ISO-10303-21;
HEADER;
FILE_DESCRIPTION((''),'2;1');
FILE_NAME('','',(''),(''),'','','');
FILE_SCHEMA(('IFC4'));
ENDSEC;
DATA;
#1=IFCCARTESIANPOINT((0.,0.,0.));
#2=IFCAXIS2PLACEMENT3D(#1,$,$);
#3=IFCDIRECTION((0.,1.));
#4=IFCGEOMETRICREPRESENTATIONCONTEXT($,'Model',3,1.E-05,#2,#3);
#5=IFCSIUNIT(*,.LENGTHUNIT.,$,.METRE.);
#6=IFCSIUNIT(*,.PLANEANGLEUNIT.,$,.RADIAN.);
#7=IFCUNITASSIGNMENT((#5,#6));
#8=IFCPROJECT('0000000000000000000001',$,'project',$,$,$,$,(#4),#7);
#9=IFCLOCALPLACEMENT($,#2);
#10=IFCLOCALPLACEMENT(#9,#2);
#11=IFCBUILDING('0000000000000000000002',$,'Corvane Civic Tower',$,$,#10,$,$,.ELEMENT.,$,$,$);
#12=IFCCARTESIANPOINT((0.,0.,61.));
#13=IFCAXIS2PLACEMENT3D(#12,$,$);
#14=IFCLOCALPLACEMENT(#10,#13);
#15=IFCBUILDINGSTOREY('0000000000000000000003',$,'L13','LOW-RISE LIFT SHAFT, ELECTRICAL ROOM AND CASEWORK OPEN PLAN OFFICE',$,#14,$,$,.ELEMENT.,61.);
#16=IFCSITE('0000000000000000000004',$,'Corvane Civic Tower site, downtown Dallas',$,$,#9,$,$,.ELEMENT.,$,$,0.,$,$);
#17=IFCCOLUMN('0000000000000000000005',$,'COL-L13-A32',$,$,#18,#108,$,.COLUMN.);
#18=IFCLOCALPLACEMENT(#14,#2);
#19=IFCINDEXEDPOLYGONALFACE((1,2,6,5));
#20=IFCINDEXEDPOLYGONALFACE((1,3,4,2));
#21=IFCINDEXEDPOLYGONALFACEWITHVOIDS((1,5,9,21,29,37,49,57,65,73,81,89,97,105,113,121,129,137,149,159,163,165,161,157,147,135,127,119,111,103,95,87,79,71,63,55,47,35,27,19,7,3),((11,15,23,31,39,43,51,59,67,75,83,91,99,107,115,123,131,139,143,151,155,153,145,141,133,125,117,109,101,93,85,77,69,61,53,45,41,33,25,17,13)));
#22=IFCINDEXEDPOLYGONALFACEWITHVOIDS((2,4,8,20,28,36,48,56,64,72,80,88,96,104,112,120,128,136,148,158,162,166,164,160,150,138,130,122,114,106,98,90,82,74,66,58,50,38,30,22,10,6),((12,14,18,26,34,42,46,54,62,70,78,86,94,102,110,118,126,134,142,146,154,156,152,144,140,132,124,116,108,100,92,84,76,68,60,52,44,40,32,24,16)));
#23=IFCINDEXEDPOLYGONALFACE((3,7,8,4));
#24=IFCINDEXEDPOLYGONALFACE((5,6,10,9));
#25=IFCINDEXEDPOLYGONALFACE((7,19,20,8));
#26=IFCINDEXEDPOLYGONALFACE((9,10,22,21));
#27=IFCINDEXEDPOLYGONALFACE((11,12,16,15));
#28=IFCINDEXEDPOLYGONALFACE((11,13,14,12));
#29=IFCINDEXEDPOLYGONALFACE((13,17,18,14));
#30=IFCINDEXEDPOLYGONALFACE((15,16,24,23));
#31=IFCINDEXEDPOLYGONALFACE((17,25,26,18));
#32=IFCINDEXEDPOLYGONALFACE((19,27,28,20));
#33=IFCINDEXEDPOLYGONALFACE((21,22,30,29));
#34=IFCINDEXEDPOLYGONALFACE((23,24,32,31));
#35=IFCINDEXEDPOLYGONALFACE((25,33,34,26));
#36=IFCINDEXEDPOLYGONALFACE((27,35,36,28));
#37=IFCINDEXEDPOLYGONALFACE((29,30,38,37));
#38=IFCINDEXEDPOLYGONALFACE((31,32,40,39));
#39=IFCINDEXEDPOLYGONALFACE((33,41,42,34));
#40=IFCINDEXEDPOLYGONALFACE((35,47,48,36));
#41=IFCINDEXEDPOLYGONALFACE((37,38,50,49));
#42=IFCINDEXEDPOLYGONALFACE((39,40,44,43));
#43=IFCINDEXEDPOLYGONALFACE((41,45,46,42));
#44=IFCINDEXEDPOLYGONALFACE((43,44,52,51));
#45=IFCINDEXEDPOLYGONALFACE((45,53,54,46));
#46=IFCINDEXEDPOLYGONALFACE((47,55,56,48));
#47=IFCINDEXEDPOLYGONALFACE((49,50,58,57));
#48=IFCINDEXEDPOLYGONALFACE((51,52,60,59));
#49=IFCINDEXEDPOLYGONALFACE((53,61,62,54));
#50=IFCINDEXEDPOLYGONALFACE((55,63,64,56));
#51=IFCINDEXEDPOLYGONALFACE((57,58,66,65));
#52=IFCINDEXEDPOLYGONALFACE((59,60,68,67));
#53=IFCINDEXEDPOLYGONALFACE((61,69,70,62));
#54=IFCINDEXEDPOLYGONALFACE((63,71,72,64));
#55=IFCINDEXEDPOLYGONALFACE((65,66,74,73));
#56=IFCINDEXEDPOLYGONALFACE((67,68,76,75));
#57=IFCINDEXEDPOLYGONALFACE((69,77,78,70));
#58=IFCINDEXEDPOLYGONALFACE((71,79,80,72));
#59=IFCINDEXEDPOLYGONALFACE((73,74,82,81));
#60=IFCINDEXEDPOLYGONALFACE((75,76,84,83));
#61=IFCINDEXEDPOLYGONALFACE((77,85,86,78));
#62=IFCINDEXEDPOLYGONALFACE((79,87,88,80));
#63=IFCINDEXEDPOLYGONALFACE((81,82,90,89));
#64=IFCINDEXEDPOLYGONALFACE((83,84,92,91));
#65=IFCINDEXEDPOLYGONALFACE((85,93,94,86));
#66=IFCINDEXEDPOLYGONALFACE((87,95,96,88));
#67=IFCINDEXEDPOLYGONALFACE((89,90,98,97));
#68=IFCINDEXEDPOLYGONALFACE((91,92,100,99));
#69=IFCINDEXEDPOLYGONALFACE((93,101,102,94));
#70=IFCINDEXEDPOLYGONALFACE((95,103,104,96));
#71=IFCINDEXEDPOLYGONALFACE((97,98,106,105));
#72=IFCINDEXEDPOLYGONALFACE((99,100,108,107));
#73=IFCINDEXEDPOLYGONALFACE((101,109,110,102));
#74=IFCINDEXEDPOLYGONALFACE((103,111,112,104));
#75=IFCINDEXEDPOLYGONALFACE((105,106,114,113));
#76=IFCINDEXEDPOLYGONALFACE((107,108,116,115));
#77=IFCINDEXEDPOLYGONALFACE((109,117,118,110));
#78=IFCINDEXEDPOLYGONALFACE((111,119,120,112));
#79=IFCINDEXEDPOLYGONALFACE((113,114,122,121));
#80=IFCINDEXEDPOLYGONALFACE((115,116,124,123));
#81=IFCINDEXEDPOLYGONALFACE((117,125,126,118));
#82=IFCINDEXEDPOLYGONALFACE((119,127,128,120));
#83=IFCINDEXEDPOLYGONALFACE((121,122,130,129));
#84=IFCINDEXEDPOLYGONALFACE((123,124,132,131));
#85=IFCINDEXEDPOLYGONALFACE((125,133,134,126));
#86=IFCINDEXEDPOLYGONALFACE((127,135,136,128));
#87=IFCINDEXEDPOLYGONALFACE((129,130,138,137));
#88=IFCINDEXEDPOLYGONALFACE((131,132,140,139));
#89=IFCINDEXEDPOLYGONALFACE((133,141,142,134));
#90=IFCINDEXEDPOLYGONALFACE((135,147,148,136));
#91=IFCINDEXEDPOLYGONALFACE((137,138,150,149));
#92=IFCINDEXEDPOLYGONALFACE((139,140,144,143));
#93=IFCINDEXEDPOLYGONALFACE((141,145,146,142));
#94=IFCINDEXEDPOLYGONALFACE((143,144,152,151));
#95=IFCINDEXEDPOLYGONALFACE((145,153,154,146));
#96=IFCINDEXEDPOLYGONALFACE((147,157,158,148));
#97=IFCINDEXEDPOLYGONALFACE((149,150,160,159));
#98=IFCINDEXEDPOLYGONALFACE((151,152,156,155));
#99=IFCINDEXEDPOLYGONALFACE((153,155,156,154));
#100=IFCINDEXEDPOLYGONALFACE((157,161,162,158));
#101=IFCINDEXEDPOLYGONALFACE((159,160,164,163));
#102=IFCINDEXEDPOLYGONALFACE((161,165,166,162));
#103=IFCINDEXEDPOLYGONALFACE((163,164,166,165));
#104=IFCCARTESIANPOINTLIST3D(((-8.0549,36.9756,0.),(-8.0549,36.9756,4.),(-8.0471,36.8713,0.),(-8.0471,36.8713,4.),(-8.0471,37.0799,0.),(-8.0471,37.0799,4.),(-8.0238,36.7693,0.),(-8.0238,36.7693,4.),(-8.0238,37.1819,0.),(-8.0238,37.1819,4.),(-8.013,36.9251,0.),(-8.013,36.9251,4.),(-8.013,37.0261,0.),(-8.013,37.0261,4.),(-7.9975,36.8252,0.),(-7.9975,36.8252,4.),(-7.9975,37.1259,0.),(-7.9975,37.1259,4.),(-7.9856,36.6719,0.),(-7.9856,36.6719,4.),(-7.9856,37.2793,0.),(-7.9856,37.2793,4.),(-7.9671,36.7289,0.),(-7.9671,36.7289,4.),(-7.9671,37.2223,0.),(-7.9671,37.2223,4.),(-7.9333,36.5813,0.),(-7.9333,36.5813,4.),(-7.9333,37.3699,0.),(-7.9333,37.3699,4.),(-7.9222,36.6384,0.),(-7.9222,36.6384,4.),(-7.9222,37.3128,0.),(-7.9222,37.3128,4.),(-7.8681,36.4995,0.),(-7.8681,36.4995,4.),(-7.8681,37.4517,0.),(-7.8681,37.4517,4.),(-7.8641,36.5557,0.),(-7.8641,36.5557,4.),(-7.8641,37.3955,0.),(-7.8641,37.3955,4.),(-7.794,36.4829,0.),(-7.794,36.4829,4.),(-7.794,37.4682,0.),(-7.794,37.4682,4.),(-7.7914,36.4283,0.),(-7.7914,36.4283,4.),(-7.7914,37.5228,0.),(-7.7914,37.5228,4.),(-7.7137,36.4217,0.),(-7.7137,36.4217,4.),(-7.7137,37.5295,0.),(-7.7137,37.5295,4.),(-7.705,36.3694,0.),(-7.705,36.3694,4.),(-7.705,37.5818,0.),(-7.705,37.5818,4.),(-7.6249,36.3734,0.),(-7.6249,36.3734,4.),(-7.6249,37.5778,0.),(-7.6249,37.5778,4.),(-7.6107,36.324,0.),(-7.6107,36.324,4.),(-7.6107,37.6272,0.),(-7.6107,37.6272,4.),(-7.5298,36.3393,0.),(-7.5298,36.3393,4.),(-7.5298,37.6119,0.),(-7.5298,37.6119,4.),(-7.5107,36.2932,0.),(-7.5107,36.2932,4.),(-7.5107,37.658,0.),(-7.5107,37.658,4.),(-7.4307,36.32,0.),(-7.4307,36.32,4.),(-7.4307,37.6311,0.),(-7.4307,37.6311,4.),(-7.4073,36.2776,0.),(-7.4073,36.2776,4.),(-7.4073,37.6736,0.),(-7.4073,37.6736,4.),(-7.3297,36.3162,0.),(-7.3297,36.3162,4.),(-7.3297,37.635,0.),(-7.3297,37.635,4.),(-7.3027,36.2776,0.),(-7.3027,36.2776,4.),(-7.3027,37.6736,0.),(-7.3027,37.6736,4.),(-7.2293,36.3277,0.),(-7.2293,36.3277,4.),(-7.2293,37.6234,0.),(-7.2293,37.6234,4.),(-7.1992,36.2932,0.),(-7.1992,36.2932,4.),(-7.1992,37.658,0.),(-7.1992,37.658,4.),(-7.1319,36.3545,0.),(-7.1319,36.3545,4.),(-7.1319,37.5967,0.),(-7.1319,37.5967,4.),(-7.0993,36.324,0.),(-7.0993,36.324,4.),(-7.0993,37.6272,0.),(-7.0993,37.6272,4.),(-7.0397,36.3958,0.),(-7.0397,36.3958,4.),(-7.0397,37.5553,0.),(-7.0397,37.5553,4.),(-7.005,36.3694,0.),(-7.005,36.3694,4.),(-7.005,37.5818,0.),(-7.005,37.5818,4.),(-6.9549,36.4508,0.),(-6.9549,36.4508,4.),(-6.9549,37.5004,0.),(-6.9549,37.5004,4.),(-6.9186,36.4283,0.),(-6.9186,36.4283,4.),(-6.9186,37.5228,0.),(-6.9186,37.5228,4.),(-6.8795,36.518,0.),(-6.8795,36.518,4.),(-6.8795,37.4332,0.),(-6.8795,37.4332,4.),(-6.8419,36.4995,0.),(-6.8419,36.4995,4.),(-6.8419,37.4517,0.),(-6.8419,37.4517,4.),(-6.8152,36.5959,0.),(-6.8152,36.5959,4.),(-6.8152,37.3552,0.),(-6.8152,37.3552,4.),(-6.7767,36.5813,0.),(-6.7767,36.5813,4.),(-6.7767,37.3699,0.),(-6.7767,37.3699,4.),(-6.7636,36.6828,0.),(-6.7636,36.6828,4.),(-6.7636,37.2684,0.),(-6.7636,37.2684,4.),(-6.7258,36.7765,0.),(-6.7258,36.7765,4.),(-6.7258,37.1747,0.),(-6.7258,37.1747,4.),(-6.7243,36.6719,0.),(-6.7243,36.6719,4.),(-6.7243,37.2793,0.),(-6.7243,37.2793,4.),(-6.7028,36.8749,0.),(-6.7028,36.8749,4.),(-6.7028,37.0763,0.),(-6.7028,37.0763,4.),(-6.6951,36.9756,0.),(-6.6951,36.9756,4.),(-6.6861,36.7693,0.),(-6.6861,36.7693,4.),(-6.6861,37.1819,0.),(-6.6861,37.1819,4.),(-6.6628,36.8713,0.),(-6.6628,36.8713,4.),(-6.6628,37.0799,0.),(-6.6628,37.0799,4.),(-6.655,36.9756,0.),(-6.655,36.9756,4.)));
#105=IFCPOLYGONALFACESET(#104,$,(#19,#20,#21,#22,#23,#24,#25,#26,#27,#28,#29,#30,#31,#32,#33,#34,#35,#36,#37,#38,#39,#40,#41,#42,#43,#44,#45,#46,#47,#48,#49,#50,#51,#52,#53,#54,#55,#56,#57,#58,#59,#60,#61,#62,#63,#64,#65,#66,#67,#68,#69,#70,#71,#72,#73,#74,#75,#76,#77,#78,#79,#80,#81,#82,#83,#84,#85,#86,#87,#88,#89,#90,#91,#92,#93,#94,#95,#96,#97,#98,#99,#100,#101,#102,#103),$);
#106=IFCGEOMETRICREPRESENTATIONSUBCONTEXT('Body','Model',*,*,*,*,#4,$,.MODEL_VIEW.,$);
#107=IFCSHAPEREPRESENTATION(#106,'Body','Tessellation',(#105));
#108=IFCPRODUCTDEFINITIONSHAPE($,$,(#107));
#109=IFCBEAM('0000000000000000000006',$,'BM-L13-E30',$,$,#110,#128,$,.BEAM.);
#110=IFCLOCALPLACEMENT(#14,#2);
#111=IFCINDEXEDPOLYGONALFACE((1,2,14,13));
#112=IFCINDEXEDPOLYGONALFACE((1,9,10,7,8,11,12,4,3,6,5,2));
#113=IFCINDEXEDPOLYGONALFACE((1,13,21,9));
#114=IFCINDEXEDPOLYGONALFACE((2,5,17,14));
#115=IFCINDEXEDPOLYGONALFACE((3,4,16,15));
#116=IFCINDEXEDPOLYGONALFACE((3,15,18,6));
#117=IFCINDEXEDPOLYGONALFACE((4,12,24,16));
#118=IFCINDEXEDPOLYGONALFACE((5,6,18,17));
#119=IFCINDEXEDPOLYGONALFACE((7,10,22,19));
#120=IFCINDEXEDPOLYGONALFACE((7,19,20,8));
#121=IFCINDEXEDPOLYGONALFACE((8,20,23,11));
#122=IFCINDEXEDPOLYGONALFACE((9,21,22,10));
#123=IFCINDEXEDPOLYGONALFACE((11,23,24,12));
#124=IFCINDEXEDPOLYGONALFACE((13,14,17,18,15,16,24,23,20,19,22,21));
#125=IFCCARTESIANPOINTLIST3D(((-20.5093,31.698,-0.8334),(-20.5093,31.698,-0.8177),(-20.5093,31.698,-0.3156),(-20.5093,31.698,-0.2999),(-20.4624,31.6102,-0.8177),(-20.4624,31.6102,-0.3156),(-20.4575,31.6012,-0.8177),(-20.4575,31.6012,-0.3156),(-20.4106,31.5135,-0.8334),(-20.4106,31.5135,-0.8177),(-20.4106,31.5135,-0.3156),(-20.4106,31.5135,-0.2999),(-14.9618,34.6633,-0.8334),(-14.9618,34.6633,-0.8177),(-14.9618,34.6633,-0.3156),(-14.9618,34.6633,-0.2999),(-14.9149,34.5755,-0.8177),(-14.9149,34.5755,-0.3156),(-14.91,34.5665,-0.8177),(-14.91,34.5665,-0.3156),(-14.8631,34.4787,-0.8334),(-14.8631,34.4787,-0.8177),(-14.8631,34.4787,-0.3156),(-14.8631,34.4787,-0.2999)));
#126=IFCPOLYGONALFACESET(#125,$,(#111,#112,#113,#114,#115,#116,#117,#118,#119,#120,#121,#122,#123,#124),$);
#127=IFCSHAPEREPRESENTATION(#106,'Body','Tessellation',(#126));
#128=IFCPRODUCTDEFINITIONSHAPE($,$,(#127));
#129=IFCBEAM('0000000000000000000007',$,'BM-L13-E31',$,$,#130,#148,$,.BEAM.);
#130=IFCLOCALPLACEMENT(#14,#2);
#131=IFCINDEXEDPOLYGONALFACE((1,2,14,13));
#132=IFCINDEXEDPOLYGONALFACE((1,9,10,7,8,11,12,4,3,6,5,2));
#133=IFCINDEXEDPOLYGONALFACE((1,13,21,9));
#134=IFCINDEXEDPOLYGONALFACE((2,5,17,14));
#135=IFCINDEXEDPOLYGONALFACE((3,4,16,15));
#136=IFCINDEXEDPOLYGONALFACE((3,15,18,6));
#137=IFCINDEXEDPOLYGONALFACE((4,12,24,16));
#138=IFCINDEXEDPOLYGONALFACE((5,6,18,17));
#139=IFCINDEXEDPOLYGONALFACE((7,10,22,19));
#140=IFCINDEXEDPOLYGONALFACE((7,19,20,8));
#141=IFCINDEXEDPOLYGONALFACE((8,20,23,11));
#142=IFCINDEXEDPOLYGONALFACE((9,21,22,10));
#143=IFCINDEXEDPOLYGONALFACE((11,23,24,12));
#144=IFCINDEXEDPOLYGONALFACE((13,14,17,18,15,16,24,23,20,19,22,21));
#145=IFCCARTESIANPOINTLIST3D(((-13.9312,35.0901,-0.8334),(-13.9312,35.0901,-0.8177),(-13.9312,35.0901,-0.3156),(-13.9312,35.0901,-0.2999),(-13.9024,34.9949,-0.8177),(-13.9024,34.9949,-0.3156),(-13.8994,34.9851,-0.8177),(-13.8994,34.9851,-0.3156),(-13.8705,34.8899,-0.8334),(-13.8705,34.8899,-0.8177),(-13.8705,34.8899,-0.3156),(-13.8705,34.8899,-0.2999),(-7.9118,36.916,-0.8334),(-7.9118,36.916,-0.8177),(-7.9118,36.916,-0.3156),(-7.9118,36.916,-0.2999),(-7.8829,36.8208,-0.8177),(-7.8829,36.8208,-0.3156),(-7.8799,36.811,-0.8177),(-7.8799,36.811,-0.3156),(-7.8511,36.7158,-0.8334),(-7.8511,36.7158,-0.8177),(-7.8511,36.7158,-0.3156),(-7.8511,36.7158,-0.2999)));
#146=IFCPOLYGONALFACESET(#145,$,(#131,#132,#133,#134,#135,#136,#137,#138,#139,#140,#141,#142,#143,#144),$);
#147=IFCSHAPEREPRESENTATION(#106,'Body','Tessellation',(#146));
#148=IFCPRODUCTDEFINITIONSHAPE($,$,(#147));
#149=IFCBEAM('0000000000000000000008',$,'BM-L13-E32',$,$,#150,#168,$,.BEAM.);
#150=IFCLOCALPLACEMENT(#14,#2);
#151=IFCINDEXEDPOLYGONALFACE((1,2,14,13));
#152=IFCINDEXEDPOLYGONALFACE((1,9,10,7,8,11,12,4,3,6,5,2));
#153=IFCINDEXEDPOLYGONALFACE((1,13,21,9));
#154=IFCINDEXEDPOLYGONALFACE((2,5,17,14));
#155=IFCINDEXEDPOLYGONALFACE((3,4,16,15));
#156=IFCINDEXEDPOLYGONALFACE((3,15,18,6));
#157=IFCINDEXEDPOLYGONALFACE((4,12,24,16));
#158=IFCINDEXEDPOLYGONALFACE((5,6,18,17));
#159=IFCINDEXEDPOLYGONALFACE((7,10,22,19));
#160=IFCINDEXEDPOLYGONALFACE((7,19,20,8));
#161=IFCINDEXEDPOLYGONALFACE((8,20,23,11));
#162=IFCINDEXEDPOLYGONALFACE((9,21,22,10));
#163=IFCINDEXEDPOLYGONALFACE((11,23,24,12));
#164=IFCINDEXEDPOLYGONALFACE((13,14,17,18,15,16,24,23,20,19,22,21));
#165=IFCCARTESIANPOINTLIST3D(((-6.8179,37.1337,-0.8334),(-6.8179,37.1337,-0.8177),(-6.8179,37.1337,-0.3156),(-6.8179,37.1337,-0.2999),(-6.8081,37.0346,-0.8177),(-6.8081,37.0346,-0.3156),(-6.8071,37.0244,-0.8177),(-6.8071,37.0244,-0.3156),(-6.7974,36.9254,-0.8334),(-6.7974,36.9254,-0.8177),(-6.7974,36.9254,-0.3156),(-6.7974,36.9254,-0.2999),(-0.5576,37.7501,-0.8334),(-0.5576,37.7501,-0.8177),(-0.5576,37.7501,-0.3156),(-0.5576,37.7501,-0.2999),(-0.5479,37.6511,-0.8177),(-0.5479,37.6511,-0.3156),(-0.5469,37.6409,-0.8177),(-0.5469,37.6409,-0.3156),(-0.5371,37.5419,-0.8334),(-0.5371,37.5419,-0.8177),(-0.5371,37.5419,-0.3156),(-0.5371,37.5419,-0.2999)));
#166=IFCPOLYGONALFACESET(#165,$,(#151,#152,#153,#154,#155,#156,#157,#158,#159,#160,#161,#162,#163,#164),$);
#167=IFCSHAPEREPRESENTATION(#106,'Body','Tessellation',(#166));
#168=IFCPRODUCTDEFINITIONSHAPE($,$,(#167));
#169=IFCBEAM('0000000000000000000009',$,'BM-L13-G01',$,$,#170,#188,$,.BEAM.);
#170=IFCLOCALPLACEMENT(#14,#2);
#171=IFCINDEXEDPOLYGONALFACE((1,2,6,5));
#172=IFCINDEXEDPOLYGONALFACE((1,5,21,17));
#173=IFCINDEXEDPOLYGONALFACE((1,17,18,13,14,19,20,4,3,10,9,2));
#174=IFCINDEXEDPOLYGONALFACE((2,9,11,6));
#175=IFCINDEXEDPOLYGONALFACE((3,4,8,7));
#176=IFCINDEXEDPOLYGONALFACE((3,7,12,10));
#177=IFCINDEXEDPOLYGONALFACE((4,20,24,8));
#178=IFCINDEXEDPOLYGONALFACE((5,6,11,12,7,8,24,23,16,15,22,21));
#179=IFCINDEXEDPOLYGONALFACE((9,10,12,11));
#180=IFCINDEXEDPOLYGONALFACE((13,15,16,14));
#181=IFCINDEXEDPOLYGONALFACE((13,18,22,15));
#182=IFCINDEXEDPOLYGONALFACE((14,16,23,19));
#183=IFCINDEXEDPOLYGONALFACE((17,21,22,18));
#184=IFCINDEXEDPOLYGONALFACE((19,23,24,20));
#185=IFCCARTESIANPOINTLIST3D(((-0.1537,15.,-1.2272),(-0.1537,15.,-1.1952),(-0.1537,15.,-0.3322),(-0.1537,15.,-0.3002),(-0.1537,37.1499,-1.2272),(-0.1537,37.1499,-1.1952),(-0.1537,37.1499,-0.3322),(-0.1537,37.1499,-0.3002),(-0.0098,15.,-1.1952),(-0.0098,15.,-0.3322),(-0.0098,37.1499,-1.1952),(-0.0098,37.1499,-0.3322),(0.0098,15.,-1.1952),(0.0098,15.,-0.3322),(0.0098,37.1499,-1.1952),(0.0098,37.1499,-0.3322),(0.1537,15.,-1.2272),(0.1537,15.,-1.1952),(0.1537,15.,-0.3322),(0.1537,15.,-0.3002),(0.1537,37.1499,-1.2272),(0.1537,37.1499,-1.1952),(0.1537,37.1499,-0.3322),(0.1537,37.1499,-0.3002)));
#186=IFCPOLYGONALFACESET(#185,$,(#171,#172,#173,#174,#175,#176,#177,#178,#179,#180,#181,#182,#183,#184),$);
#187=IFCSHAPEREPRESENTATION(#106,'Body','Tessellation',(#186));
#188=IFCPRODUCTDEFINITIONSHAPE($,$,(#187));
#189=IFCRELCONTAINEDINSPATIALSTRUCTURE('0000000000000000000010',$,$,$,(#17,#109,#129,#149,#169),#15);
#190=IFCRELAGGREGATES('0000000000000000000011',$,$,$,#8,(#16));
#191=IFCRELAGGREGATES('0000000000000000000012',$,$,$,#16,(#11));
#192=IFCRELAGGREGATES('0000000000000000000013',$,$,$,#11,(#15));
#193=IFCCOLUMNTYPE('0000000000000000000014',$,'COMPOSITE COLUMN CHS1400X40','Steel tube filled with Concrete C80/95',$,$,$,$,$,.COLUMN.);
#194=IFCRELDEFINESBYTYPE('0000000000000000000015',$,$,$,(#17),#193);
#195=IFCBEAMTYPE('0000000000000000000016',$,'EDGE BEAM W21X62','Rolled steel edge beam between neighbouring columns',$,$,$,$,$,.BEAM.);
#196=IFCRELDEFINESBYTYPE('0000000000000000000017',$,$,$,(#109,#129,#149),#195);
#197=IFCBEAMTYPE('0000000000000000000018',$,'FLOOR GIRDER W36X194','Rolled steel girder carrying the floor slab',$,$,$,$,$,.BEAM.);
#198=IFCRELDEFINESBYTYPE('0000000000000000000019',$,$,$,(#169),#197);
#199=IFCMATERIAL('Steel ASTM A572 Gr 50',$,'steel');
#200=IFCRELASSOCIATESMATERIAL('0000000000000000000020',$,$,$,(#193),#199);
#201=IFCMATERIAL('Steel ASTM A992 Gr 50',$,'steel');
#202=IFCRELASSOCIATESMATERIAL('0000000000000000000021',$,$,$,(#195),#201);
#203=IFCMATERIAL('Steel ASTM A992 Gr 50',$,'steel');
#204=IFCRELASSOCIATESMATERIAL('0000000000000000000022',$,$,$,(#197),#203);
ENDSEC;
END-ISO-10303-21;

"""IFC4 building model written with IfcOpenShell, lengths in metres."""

from ifc_helpers import new_model, si_unit, direction, frame, origin, origin_2d, place, context, subcontext, project, spatial, hollow_circle, i_section, extrude, material, material_profile, profile_set, type_object, element, save


model = new_model("IFC4")

# Units and contexts
model_context = context("Model", 3, precision=1e-05, world=origin(), true_north=direction((0.0, 1.0)))
body_context = subcontext(model_context, "Body", "Model", "MODEL_VIEW")
ifc_project = project(units=[si_unit("LENGTHUNIT", "METRE"), si_unit("PLANEANGLEUNIT", "RADIAN")], contexts=[model_context])

# Site, building, storey
site_placement = place(None, origin())
site = spatial("IfcSite", under=ifc_project, at=site_placement, Name="Corvane Civic Tower site, downtown Dallas", CompositionType="ELEMENT", RefElevation=0.0)
building_placement = place(site_placement, origin())
building = spatial("IfcBuilding", under=site, at=building_placement, Name="Corvane Civic Tower", CompositionType="ELEMENT")
storey_placement = place(building_placement, frame((0.0, 0.0, 61.0)))
storey = spatial("IfcBuildingStorey", under=building, at=storey_placement, Name="L13", Description="LOW-RISE LIFT SHAFT, ELECTRICAL ROOM AND CASEWORK OPEN PLAN OFFICE", CompositionType="ELEMENT", Elevation=61.0)

# Column
ifc_material_1 = material(Name="Steel ASTM A572 Gr 50", Category="steel")
ifc_material_profile_1 = material_profile(ifc_material_1, hollow_circle(Radius=0.7, WallThickness=0.04, at=origin_2d()), Name="CHS1400X40")
ifc_profile_set_1 = profile_set([ifc_material_profile_1], Name="Steel ASTM A572 Gr 50")
column_type = type_object("IfcColumnType", Name="COMPOSITE COLUMN CHS1400X40", Description="Steel tube filled with Concrete C80/95", PredefinedType="COLUMN", material=ifc_profile_set_1)
for number, where, z_axis, x_axis, name in (
    (1, (-7.355, 36.9756, 0.0), (0.0, 0.0, 1.0), (1.0, 0.0, 0.0), "COL-L13-A32"),
):
    element("IfcColumn", number, at=place(storey_placement, frame(where, z_axis=z_axis, x_axis=x_axis)), inside=storey, type_object=column_type, Name=name, PredefinedType="COLUMN", context=body_context, shape_type="SweptSolid", body=[
        extrude(hollow_circle(Radius=0.7, WallThickness=0.04, at=origin_2d()), origin(), (0.0, 0.0, 1.0), 4.0),
    ])

# Beams
ifc_material_2 = material(Name="Steel ASTM A992 Gr 50", Category="steel")
ifc_material_profile_2 = material_profile(ifc_material_2, i_section(OverallWidth=0.2092, OverallDepth=0.5334, WebThickness=0.0103, FlangeThickness=0.0156, at=origin_2d()), Name="W21X62")
ifc_profile_set_2 = profile_set([ifc_material_profile_2], Name="Steel ASTM A992 Gr 50")
beam_type_1 = type_object("IfcBeamType", Name="EDGE BEAM W21X62", Description="Rolled steel edge beam between neighbouring columns", PredefinedType="BEAM", material=ifc_profile_set_2)
for number, where, z_axis, x_axis, name in (
    (2, (-20.46, 31.6057, -0.5667), (0.881916, 0.471406, 0.0), (-0.471406, 0.881916, 0.0), "BM-L13-E30"),
    (3, (-13.9009, 34.99, -0.5667), (0.956944, 0.290273, 0.0), (-0.290273, 0.956944, 0.0), "BM-L13-E31"),
):
    element("IfcBeam", number, at=place(storey_placement, frame(where, z_axis=z_axis, x_axis=x_axis)), inside=storey, type_object=beam_type_1, Name=name, PredefinedType="BEAM", context=body_context, shape_type="SweptSolid", body=[
        extrude(i_section(OverallWidth=0.2092, OverallDepth=0.5334, WebThickness=0.0103, FlangeThickness=0.0156, at=origin_2d()), origin(), (0.0, 0.0, 1.0), 6.2903),
    ])
beam_1_placement = place(storey_placement, frame((-6.8076, 37.0295, -0.5667), z_axis=(0.995187, 0.097997, 0.0), x_axis=(-0.097997, 0.995187, 0.0)))
element("IfcBeam", 4, at=beam_1_placement, inside=storey, type_object=beam_type_1, Name="BM-L13-E32", PredefinedType="BEAM", context=body_context, shape_type="SweptSolid", body=[
    extrude(i_section(OverallWidth=0.2092, OverallDepth=0.5334, WebThickness=0.0103, FlangeThickness=0.0156, at=origin_2d()), origin(), (0.0, 0.0, 1.0), 6.2905),
])
ifc_material_3 = material(Name="Steel ASTM A992 Gr 50", Category="steel")
ifc_material_profile_3 = material_profile(ifc_material_3, i_section(OverallWidth=0.3074, OverallDepth=0.927, WebThickness=0.0195, FlangeThickness=0.032, at=origin_2d()), Name="W36X194")
ifc_profile_set_3 = profile_set([ifc_material_profile_3], Name="Steel ASTM A992 Gr 50")
beam_type_2 = type_object("IfcBeamType", Name="FLOOR GIRDER W36X194", Description="Rolled steel girder carrying the floor slab", PredefinedType="BEAM", material=ifc_profile_set_3)
beam_2_placement = place(storey_placement, frame((0.0, 15.0, -0.7637), z_axis=(0.0, 1.0, 0.0), x_axis=(-1.0, 0.0, 0.0)))
element("IfcBeam", 5, at=beam_2_placement, inside=storey, type_object=beam_type_2, Name="BM-L13-G01", PredefinedType="BEAM", context=body_context, shape_type="SweptSolid", body=[
    extrude(i_section(OverallWidth=0.3074, OverallDepth=0.927, WebThickness=0.0195, FlangeThickness=0.032, at=origin_2d()), origin(), (0.0, 0.0, 1.0), 22.1499),
])

save(model, "model.ifc")
